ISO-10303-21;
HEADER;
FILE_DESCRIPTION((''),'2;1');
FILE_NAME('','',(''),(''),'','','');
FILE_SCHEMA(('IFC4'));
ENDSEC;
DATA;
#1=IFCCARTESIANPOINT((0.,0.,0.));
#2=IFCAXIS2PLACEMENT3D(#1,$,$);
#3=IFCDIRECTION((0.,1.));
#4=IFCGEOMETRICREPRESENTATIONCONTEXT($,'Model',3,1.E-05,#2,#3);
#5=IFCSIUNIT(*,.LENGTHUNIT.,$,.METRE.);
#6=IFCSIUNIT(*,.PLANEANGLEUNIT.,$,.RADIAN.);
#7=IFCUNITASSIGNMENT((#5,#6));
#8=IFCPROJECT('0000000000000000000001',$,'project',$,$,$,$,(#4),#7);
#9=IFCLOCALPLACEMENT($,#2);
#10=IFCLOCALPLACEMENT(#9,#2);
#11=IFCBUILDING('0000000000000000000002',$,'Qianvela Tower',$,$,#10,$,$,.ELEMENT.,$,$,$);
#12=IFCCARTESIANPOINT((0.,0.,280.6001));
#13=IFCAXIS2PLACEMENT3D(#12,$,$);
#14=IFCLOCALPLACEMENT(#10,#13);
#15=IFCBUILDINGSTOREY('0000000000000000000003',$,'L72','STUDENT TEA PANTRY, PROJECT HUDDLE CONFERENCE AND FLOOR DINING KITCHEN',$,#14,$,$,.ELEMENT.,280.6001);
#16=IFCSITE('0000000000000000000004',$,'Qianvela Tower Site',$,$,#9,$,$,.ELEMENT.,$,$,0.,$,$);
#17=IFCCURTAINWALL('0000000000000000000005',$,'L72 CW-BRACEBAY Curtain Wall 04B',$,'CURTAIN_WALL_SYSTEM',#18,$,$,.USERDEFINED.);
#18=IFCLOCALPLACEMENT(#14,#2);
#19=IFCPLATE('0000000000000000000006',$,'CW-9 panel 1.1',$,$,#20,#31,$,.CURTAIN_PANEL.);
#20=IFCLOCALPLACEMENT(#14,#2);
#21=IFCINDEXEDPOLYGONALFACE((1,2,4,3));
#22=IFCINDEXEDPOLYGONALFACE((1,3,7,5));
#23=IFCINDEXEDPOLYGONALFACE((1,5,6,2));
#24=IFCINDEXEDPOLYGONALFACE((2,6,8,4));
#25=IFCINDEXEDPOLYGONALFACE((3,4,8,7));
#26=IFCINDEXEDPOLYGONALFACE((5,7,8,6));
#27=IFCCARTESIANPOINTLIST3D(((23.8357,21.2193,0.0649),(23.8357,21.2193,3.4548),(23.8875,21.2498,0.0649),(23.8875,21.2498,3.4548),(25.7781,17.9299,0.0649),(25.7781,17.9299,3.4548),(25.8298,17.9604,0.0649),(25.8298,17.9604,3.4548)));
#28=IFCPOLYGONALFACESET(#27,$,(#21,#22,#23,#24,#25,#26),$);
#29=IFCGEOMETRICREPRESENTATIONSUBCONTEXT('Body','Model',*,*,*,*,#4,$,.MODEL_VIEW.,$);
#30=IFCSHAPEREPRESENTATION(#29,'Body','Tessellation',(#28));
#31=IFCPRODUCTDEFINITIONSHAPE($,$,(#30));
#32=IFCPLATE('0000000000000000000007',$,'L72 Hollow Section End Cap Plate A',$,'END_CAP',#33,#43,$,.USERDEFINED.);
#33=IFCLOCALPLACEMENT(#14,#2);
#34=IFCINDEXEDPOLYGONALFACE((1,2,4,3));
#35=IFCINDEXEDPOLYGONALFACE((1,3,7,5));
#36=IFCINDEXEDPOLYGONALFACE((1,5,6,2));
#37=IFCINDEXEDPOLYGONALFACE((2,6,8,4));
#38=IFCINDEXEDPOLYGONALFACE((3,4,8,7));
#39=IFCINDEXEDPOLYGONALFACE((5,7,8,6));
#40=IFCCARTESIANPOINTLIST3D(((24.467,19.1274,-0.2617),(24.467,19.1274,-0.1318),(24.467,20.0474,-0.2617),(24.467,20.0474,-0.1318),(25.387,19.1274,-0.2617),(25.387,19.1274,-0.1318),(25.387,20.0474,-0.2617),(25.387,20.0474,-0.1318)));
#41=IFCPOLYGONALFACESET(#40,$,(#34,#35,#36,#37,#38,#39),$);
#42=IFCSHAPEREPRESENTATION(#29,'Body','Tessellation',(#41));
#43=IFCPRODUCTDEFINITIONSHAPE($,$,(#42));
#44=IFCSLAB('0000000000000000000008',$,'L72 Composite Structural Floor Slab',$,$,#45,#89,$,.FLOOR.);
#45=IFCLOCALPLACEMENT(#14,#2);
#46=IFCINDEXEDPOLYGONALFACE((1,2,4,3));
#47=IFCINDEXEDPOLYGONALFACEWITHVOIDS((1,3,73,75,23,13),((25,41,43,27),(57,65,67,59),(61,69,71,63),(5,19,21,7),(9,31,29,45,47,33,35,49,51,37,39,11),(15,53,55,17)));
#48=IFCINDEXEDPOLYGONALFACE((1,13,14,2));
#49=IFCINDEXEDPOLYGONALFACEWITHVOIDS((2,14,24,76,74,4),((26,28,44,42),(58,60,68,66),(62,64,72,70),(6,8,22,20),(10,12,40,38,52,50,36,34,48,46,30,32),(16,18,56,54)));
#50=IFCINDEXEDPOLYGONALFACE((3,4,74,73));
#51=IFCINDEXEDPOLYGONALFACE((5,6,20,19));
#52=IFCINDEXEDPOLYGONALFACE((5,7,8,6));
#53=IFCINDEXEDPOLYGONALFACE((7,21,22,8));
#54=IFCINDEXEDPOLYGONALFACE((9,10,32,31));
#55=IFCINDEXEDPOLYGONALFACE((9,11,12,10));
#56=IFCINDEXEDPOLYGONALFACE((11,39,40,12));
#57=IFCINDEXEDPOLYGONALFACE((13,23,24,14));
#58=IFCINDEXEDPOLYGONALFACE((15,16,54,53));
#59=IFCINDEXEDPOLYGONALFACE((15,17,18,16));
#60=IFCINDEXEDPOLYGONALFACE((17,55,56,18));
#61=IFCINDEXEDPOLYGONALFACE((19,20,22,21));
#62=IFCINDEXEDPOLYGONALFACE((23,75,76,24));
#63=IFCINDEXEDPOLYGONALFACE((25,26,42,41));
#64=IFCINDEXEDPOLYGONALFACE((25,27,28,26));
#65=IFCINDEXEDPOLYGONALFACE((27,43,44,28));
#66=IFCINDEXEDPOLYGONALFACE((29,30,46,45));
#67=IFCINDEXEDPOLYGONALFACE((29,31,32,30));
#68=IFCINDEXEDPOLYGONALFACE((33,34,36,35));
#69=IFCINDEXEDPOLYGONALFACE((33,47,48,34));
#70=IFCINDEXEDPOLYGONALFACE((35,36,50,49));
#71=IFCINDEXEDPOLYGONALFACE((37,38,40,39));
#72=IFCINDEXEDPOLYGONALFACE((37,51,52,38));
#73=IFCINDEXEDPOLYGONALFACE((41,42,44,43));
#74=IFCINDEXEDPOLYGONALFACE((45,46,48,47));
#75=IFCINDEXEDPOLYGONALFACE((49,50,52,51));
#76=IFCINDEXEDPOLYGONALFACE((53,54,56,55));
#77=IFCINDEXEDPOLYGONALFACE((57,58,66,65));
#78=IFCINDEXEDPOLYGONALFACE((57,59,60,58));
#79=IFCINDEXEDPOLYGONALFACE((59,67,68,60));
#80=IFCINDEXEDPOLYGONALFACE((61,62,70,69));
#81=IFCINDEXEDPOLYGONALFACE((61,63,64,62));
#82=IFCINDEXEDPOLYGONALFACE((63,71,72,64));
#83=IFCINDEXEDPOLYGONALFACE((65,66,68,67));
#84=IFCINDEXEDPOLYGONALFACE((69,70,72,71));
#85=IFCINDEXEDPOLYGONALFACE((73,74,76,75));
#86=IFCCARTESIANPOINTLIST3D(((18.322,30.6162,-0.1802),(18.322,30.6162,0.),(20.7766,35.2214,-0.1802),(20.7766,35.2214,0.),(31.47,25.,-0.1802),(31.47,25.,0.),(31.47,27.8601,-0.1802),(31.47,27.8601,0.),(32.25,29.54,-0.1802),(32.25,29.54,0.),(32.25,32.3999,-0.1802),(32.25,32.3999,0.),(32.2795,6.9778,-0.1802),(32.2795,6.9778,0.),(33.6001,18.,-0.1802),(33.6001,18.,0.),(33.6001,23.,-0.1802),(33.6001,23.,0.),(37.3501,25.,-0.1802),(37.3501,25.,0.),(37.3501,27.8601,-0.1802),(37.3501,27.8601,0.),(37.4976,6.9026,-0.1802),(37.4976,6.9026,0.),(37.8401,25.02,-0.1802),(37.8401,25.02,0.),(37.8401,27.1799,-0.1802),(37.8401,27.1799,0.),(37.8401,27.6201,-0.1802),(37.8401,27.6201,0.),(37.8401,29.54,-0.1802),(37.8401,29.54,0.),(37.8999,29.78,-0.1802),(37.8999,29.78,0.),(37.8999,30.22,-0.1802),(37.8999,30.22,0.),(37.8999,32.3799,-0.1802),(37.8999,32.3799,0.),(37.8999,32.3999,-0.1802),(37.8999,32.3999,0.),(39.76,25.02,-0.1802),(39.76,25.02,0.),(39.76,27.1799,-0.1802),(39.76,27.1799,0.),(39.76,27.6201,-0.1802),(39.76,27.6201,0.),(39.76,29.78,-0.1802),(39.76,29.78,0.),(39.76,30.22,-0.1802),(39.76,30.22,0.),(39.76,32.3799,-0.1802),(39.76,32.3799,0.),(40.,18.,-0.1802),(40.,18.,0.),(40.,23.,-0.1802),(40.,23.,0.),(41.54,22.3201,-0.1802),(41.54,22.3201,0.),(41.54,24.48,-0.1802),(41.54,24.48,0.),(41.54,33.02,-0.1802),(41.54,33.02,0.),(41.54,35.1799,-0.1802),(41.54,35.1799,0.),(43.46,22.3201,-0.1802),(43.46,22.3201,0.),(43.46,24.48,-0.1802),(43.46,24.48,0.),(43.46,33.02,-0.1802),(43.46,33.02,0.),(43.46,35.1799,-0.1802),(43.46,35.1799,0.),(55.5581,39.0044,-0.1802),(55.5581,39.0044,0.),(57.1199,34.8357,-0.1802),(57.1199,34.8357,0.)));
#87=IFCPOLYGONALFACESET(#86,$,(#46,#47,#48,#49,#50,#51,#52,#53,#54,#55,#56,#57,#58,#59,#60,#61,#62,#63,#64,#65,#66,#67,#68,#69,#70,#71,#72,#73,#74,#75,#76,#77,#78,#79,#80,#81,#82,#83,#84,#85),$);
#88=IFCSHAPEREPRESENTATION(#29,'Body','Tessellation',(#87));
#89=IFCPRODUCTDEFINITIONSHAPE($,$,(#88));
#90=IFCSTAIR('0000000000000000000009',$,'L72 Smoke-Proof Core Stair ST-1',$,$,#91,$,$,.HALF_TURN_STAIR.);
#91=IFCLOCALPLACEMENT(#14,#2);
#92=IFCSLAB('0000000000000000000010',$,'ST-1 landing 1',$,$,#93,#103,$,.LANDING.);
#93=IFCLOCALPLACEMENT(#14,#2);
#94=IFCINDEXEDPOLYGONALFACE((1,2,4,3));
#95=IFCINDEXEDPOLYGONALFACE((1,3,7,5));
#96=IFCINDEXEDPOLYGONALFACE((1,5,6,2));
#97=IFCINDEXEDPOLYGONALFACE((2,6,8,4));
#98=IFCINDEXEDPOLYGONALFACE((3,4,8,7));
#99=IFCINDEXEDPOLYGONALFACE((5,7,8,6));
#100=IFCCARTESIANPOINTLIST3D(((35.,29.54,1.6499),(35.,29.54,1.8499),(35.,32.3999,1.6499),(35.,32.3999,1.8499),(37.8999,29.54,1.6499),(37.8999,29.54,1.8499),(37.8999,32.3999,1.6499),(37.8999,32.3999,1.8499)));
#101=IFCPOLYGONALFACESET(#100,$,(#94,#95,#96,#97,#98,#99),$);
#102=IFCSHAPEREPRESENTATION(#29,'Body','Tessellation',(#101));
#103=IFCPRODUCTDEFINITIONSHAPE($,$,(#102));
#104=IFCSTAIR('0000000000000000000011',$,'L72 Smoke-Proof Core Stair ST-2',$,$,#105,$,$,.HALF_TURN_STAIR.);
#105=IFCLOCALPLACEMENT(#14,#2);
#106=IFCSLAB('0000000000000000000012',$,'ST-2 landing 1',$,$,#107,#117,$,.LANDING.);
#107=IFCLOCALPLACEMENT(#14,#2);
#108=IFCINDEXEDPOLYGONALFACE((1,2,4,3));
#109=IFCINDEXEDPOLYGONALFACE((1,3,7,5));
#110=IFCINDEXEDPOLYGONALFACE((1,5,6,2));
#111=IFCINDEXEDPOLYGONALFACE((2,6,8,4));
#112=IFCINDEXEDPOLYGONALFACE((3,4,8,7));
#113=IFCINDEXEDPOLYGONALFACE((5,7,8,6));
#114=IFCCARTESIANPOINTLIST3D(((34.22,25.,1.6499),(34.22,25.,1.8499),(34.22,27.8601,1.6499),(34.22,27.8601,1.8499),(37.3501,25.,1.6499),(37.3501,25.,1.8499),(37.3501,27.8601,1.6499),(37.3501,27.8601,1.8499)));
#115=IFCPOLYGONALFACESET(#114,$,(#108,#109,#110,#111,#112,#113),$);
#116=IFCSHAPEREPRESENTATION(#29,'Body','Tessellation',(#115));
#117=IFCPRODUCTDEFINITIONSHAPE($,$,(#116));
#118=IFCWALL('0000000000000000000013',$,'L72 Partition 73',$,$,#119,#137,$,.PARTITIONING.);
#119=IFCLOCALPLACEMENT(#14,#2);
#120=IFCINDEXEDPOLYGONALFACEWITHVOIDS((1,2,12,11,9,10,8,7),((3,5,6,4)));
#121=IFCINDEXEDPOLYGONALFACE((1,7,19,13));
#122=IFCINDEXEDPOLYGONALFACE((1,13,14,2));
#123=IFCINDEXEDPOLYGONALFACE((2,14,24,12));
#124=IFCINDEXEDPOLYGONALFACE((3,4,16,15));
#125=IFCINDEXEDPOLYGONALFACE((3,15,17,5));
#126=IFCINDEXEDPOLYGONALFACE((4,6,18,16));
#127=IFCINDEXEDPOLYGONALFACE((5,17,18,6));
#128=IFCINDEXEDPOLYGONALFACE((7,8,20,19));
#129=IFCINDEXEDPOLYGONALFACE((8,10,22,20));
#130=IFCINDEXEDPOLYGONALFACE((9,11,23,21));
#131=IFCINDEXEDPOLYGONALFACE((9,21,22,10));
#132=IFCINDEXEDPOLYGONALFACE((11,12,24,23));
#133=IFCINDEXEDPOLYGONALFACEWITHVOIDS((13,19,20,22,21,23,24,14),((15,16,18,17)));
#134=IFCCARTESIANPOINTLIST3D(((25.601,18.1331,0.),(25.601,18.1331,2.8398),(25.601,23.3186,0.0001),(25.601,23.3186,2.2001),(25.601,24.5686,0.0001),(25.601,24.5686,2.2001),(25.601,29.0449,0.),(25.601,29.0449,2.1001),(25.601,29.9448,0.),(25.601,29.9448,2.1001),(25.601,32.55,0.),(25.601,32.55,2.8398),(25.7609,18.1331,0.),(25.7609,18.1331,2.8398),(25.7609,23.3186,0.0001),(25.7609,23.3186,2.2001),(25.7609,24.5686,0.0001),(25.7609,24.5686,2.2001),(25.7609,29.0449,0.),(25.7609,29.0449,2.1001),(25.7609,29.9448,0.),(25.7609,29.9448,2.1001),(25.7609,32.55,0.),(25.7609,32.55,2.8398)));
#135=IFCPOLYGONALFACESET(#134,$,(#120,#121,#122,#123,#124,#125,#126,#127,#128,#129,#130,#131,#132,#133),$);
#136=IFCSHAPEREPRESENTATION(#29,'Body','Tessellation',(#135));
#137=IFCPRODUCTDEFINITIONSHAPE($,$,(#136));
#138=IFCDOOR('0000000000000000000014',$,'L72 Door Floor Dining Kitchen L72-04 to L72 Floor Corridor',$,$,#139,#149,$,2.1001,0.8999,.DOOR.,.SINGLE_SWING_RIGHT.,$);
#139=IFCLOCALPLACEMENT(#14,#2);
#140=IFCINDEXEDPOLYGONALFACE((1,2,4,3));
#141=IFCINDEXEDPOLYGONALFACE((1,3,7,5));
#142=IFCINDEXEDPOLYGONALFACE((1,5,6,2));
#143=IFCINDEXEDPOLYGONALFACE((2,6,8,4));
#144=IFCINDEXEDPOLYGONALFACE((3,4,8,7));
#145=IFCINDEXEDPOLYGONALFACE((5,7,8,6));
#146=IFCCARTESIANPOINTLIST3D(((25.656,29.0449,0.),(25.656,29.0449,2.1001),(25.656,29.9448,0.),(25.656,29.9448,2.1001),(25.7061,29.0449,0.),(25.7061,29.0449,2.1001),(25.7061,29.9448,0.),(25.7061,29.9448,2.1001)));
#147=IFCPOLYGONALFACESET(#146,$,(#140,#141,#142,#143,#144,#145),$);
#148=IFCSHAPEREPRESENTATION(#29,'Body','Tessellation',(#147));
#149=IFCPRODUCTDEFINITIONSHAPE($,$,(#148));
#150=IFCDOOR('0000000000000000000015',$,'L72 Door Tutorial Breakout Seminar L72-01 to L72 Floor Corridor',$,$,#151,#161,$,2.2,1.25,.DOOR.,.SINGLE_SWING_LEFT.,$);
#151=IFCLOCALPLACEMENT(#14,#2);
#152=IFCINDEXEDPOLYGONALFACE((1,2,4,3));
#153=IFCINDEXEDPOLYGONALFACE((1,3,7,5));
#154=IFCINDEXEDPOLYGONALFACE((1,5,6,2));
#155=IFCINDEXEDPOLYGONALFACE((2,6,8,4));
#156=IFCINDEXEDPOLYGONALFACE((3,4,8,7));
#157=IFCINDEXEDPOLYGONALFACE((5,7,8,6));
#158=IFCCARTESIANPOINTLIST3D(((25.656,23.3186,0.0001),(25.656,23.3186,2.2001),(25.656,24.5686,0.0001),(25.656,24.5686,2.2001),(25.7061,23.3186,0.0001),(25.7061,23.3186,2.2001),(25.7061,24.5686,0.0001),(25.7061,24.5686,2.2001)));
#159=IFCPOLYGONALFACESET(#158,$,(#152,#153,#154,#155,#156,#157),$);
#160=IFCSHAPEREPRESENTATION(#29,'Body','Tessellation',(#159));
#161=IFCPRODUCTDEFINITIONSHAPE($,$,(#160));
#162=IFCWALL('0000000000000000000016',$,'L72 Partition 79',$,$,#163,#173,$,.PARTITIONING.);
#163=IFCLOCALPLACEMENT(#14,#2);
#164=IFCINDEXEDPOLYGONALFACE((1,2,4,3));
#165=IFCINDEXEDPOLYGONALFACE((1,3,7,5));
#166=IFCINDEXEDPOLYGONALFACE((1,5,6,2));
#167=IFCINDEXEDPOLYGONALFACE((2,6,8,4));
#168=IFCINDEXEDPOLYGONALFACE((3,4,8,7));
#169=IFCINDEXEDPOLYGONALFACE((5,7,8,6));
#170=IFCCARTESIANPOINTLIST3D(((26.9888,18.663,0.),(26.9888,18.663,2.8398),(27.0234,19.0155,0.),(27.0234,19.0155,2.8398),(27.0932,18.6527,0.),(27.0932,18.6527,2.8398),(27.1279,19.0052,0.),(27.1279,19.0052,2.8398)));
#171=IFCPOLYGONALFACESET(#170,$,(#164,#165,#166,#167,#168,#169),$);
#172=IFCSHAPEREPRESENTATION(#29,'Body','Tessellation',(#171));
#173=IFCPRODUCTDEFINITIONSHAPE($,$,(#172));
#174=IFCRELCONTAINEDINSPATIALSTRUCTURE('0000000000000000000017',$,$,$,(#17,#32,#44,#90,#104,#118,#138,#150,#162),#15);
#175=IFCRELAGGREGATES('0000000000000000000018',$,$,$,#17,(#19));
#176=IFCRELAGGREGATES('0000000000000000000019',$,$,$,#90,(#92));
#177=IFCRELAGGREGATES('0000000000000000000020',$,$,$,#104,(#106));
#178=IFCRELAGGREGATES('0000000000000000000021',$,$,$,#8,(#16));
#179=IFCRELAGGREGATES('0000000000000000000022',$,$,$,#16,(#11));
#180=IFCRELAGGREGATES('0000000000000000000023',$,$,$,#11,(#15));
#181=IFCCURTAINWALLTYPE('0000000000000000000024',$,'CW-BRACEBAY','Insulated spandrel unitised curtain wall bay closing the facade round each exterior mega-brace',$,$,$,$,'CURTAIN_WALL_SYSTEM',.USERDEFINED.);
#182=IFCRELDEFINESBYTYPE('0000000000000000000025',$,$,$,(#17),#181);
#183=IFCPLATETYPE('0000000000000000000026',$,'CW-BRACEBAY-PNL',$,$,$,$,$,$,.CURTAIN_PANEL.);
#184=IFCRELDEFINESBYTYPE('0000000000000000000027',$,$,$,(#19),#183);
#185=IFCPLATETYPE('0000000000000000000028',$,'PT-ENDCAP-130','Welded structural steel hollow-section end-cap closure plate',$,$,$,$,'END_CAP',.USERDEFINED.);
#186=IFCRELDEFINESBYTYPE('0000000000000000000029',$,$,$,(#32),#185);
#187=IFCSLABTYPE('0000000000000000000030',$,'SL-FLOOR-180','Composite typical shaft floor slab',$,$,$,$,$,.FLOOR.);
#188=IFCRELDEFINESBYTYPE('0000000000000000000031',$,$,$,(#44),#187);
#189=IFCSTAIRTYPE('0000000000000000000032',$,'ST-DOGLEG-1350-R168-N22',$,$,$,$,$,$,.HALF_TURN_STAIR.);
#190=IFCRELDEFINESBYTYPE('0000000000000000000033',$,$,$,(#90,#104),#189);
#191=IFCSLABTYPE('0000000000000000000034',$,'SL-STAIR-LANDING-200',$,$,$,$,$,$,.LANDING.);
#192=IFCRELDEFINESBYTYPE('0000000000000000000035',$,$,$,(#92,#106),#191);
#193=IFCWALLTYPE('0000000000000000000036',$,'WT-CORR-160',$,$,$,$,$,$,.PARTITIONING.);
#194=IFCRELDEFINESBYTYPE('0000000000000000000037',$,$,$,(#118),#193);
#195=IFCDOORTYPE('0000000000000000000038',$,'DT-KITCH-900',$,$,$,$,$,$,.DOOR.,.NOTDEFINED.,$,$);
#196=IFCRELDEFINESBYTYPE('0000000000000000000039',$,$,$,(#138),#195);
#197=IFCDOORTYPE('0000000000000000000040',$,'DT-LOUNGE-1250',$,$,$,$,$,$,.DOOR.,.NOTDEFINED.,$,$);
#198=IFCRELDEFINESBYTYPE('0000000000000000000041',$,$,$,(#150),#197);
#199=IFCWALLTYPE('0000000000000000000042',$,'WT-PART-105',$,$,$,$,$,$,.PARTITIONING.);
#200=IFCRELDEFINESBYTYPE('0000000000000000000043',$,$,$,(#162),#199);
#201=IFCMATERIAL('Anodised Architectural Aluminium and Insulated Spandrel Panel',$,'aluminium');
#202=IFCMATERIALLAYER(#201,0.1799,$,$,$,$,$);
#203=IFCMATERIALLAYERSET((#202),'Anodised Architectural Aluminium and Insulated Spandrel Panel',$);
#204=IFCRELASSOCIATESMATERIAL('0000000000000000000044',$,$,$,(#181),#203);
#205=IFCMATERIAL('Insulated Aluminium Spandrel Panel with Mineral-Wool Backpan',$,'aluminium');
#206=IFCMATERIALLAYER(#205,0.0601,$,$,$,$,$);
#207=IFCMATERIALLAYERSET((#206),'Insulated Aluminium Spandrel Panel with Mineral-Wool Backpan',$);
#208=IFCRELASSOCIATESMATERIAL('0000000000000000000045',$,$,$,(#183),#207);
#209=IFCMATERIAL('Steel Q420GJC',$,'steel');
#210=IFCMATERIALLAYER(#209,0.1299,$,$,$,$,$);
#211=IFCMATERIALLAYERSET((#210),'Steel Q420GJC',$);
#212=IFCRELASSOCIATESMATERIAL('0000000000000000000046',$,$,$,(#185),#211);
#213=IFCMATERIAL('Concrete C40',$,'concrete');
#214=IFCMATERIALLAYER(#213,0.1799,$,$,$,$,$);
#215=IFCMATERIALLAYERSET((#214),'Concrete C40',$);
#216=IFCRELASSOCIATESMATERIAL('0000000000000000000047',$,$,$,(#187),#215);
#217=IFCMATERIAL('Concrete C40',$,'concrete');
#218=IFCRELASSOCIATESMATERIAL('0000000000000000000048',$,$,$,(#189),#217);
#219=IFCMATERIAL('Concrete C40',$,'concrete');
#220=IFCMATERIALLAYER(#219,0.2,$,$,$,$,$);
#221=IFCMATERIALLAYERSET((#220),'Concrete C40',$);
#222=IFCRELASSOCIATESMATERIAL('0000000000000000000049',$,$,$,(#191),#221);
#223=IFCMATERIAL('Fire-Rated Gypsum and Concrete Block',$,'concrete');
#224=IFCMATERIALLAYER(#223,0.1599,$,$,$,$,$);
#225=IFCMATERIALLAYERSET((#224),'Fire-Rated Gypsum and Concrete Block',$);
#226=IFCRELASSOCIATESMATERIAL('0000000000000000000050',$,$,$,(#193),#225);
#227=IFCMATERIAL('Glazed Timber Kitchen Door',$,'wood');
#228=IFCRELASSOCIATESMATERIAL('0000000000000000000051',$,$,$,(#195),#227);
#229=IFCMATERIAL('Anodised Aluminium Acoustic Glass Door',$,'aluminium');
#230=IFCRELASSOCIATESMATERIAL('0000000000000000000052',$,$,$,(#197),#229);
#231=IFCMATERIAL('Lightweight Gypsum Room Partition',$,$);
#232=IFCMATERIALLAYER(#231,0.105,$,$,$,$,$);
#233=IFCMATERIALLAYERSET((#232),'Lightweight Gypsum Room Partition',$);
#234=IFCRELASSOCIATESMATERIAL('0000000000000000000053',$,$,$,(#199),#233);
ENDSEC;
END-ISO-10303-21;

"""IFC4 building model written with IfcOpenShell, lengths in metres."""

from ifc_helpers import new_model, si_unit, direction, frame, frame_2d, origin, origin_2d, place, context, subcontext, project, spatial, polyline, rectangle, outline, extrude, material, layer, layer_set, type_object, element, fill, aggregate, save


model = new_model("IFC4")

# Units and contexts
model_context = context("Model", 3, precision=1e-05, world=origin(), true_north=direction((0.0, 1.0)))
body_context = subcontext(model_context, "Body", "Model", "MODEL_VIEW")
ifc_project = project(units=[si_unit("LENGTHUNIT", "METRE"), si_unit("PLANEANGLEUNIT", "RADIAN")], contexts=[model_context])

# Site, building, storey
site_placement = place(None, origin())
site = spatial("IfcSite", under=ifc_project, at=site_placement, Name="Qianvela Tower Site", CompositionType="ELEMENT", RefElevation=0.0)
building_placement = place(site_placement, origin())
building = spatial("IfcBuilding", under=site, at=building_placement, Name="Qianvela Tower", CompositionType="ELEMENT")
storey_placement = place(building_placement, frame((0.0, 0.0, 280.6001)))
storey = spatial("IfcBuildingStorey", under=building, at=storey_placement, Name="L72", Description="STUDENT TEA PANTRY, PROJECT HUDDLE CONFERENCE AND FLOOR DINING KITCHEN", CompositionType="ELEMENT", Elevation=280.6001)

# Curtain wall
ifc_material_1 = material(Name="Anodised Architectural Aluminium and Insulated Spandrel Panel", Category="aluminium")
ifc_layer_1 = layer(ifc_material_1, 0.1799)
ifc_layer_set_1 = layer_set([ifc_layer_1], Name="Anodised Architectural Aluminium and Insulated Spandrel Panel")
curtain_wall_type_1 = type_object("IfcCurtainWallType", Name="CW-BRACEBAY", Description="Insulated spandrel unitised curtain wall bay closing the facade round each exterior mega-brace", ElementType="CURTAIN_WALL_SYSTEM", PredefinedType="USERDEFINED", material=ifc_layer_set_1)
curtain_wall_1_placement = place(storey_placement, origin())
curtain_wall_1 = element("IfcCurtainWall", 1, at=curtain_wall_1_placement, inside=storey, type_object=curtain_wall_type_1, Name="L72 CW-BRACEBAY Curtain Wall 04B", ObjectType="CURTAIN_WALL_SYSTEM", PredefinedType="USERDEFINED")

# Plates
ifc_material_2 = material(Name="Insulated Aluminium Spandrel Panel with Mineral-Wool Backpan", Category="aluminium")
ifc_layer_2 = layer(ifc_material_2, 0.0601)
ifc_layer_set_2 = layer_set([ifc_layer_2], Name="Insulated Aluminium Spandrel Panel with Mineral-Wool Backpan")
plate_type_1 = type_object("IfcPlateType", Name="CW-BRACEBAY-PNL", PredefinedType="CURTAIN_PANEL", material=ifc_layer_set_2)
plate_1_placement = place(storey_placement, frame((24.8328, 19.5898, 0.0649), z_axis=(0.0, 0.0, 1.0), x_axis=(0.508455, -0.861088, 0.0)))
plate_1 = element("IfcPlate", 2, at=plate_1_placement, type_object=plate_type_1, Name="CW-9 panel 1.1", PredefinedType="CURTAIN_PANEL", context=body_context, shape_type="SweptSolid", body=[
    extrude(rectangle(XDim=3.8201, YDim=0.0601, at=origin_2d()), origin(), (0.0, 0.0, 1.0), 3.3899),
])
aggregate(curtain_wall_1, [plate_1])
ifc_material_3 = material(Name="Steel Q420GJC", Category="steel")
ifc_layer_3 = layer(ifc_material_3, 0.1299)
ifc_layer_set_3 = layer_set([ifc_layer_3], Name="Steel Q420GJC")
plate_type_2 = type_object("IfcPlateType", Name="PT-ENDCAP-130", Description="Welded structural steel hollow-section end-cap closure plate", ElementType="END_CAP", PredefinedType="USERDEFINED", material=ifc_layer_set_3)
plate_2_placement = place(storey_placement, frame((24.927, 19.5874, -0.2617), z_axis=(0.0, 0.0, 1.0), x_axis=(1.0, 0.0, 0.0)))
element("IfcPlate", 3, at=plate_2_placement, inside=storey, type_object=plate_type_2, Name="L72 Hollow Section End Cap Plate A", ObjectType="END_CAP", PredefinedType="USERDEFINED", context=body_context, shape_type="SweptSolid", body=[
    extrude(rectangle(XDim=0.9199, YDim=0.9199, at=origin_2d()), origin(), (0.0, 0.0, 1.0), 0.1299),
])

# Slab
ifc_material_4 = material(Name="Concrete C40", Category="concrete")
ifc_layer_4 = layer(ifc_material_4, 0.1799)
ifc_layer_set_4 = layer_set([ifc_layer_4], Name="Concrete C40")
slab_type_1 = type_object("IfcSlabType", Name="SL-FLOOR-180", Description="Composite typical shaft floor slab", PredefinedType="FLOOR", material=ifc_layer_set_4)
slab_1_placement = place(storey_placement, frame((0.0, 0.0, -0.1802)))
element("IfcSlab", 4, at=slab_1_placement, inside=storey, type_object=slab_type_1, Name="L72 Composite Structural Floor Slab", PredefinedType="FLOOR", context=body_context, shape_type="SweptSolid", body=[
    extrude(outline(polyline([(57.1199, 34.8357), (55.5581, 39.0044), (20.7766, 35.2214), (18.322, 30.6162), (32.2795, 6.9778), (37.4976, 6.9026), (57.1199, 34.8357)]), holes=[polyline([(40.0, 23.0), (33.6001, 23.0), (33.6001, 18.0), (40.0, 18.0), (40.0, 23.0)]), polyline([(43.46, 24.48), (41.54, 24.48), (41.54, 22.3201), (43.46, 22.3201), (43.46, 24.48)]), polyline([(39.76, 27.1799), (37.8401, 27.1799), (37.8401, 25.02), (39.76, 25.02), (39.76, 27.1799)]), polyline([(37.3501, 27.8601), (31.47, 27.8601), (31.47, 25.0), (37.3501, 25.0), (37.3501, 27.8601)]), polyline([(39.76, 27.6201), (39.76, 29.78), (37.8999, 29.78), (37.8999, 30.22), (39.76, 30.22), (39.76, 32.3799), (37.8999, 32.3799), (37.8999, 32.3999), (32.25, 32.3999), (32.25, 29.54), (37.8401, 29.54), (37.8401, 27.6201), (39.76, 27.6201)]), polyline([(43.46, 35.1799), (41.54, 35.1799), (41.54, 33.02), (43.46, 33.02), (43.46, 35.1799)])]), origin(), (0.0, 0.0, 1.0), 0.1802),
])

# Stairs, slabs
ifc_material_5 = material(Name="Concrete C40", Category="concrete")
stair_type = type_object("IfcStairType", Name="ST-DOGLEG-1350-R168-N22", PredefinedType="HALF_TURN_STAIR", material=ifc_material_5)
stair_1_placement = place(storey_placement, origin())
stair_1 = element("IfcStair", 5, at=stair_1_placement, inside=storey, type_object=stair_type, Name="L72 Smoke-Proof Core Stair ST-1", PredefinedType="HALF_TURN_STAIR")
ifc_material_6 = material(Name="Concrete C40", Category="concrete")
ifc_layer_5 = layer(ifc_material_6, 0.2)
ifc_layer_set_5 = layer_set([ifc_layer_5], Name="Concrete C40")
slab_type_2 = type_object("IfcSlabType", Name="SL-STAIR-LANDING-200", PredefinedType="LANDING", material=ifc_layer_set_5)
slab_2_placement = place(storey_placement, frame((0.0, 0.0, 1.6499)))
slab_2 = element("IfcSlab", 6, at=slab_2_placement, type_object=slab_type_2, Name="ST-1 landing 1", PredefinedType="LANDING", context=body_context, shape_type="SweptSolid", body=[
    extrude(outline(polyline([(35.0, 29.54), (37.8999, 29.54), (37.8999, 32.3999), (35.0, 32.3999), (35.0, 29.54)])), origin(), (0.0, 0.0, 1.0), 0.2),
])
aggregate(stair_1, [slab_2])
stair_2_placement = place(storey_placement, origin())
stair_2 = element("IfcStair", 7, at=stair_2_placement, inside=storey, type_object=stair_type, Name="L72 Smoke-Proof Core Stair ST-2", PredefinedType="HALF_TURN_STAIR")
slab_3_placement = place(storey_placement, frame((0.0, 0.0, 1.6499)))
slab_3 = element("IfcSlab", 8, at=slab_3_placement, type_object=slab_type_2, Name="ST-2 landing 1", PredefinedType="LANDING", context=body_context, shape_type="SweptSolid", body=[
    extrude(outline(polyline([(34.22, 25.0), (37.3501, 25.0), (37.3501, 27.8601), (34.22, 27.8601), (34.22, 25.0)])), origin(), (0.0, 0.0, 1.0), 0.2),
])
aggregate(stair_2, [slab_3])

# Wall, openings, doors
ifc_material_7 = material(Name="Fire-Rated Gypsum and Concrete Block", Category="concrete")
ifc_layer_6 = layer(ifc_material_7, 0.1599)
ifc_layer_set_6 = layer_set([ifc_layer_6], Name="Fire-Rated Gypsum and Concrete Block")
wall_type_1 = type_object("IfcWallType", Name="WT-CORR-160", PredefinedType="PARTITIONING", material=ifc_layer_set_6)
wall_1_placement = place(storey_placement, frame((25.6809, 18.1331, 0.0), z_axis=(0.0, 0.0, 1.0), x_axis=(0.0, 1.0, 0.0)))
wall_1 = element("IfcWall", 9, at=wall_1_placement, inside=storey, type_object=wall_type_1, Name="L72 Partition 73", PredefinedType="PARTITIONING", context=body_context, shape_type="SweptSolid", body=[
    extrude(rectangle(XDim=14.417, YDim=0.1599, at=frame_2d((7.2085, 0.0))), origin(), (0.0, 0.0, 1.0), 2.8398),
])
opening_1_placement = place(wall_1_placement, frame((5.1855, 0.0, 0.0)))
opening_1 = element("IfcOpeningElement", 10, at=opening_1_placement, cuts=wall_1, PredefinedType="OPENING", context=body_context, shape_type="SweptSolid", body=[
    extrude(rectangle(XDim=1.25, YDim=2.2, at=frame_2d((0.625, 1.1001))), frame((0.0, 0.0898, 0.0), z_axis=(0.0, -1.0, 0.0), x_axis=(1.0, 0.0, 0.0)), (0.0, 0.0, 1.0), 0.1799),
])
opening_2_placement = place(wall_1_placement, frame((10.9119, 0.0, 0.0)))
opening_2 = element("IfcOpeningElement", 11, at=opening_2_placement, cuts=wall_1, PredefinedType="OPENING", context=body_context, shape_type="SweptSolid", body=[
    extrude(rectangle(XDim=0.8999, YDim=2.1001, at=frame_2d((0.45, 1.05))), frame((0.0, 0.0898, 0.0), z_axis=(0.0, -1.0, 0.0), x_axis=(1.0, 0.0, 0.0)), (0.0, 0.0, 1.0), 0.1799),
])
ifc_material_8 = material(Name="Glazed Timber Kitchen Door", Category="wood")
door_type_1 = type_object("IfcDoorType", Name="DT-KITCH-900", OperationType="NOTDEFINED", PredefinedType="DOOR", material=ifc_material_8)
door_1_placement = place(opening_2_placement, origin())
door_1 = element("IfcDoor", 12, at=door_1_placement, inside=storey, type_object=door_type_1, Name="L72 Door Floor Dining Kitchen L72-04 to L72 Floor Corridor", OperationType="SINGLE_SWING_RIGHT", OverallHeight=2.1001, OverallWidth=0.8999, PredefinedType="DOOR", context=body_context, shape_type="SweptSolid", body=[
    extrude(rectangle(XDim=0.8999, YDim=2.1001, at=frame_2d((0.45, 1.05))), frame((0.0, 0.0249, 0.0), z_axis=(0.0, -1.0, 0.0), x_axis=(1.0, 0.0, 0.0)), (0.0, 0.0, 1.0), 0.05),
])
fill(opening_2, door_1)
ifc_material_9 = material(Name="Anodised Aluminium Acoustic Glass Door", Category="aluminium")
door_type_2 = type_object("IfcDoorType", Name="DT-LOUNGE-1250", OperationType="NOTDEFINED", PredefinedType="DOOR", material=ifc_material_9)
door_2_placement = place(opening_1_placement, origin())
door_2 = element("IfcDoor", 13, at=door_2_placement, inside=storey, type_object=door_type_2, Name="L72 Door Tutorial Breakout Seminar L72-01 to L72 Floor Corridor", OperationType="SINGLE_SWING_LEFT", OverallHeight=2.2, OverallWidth=1.25, PredefinedType="DOOR", context=body_context, shape_type="SweptSolid", body=[
    extrude(rectangle(XDim=1.25, YDim=2.2, at=frame_2d((0.625, 1.1001))), frame((0.0, 0.0249, 0.0), z_axis=(0.0, -1.0, 0.0), x_axis=(1.0, 0.0, 0.0)), (0.0, 0.0, 1.0), 0.05),
])
fill(opening_1, door_2)

# Wall
ifc_material_10 = material(Name="Lightweight Gypsum Room Partition")
ifc_layer_7 = layer(ifc_material_10, 0.105)
ifc_layer_set_7 = layer_set([ifc_layer_7], Name="Lightweight Gypsum Room Partition")
wall_type_2 = type_object("IfcWallType", Name="WT-PART-105", PredefinedType="PARTITIONING", material=ifc_layer_set_7)
wall_2_placement = place(storey_placement, frame((27.0757, 19.0105, 0.0), z_axis=(0.0, 0.0, 1.0), x_axis=(-0.097866, -0.9952, 0.0)))
element("IfcWall", 14, at=wall_2_placement, inside=storey, type_object=wall_type_2, Name="L72 Partition 79", PredefinedType="PARTITIONING", context=body_context, shape_type="SweptSolid", body=[
    extrude(rectangle(XDim=0.3542, YDim=0.105, at=frame_2d((0.1772, 0.0))), origin(), (0.0, 0.0, 1.0), 2.8398),
])

save(model, "model.ifc")
